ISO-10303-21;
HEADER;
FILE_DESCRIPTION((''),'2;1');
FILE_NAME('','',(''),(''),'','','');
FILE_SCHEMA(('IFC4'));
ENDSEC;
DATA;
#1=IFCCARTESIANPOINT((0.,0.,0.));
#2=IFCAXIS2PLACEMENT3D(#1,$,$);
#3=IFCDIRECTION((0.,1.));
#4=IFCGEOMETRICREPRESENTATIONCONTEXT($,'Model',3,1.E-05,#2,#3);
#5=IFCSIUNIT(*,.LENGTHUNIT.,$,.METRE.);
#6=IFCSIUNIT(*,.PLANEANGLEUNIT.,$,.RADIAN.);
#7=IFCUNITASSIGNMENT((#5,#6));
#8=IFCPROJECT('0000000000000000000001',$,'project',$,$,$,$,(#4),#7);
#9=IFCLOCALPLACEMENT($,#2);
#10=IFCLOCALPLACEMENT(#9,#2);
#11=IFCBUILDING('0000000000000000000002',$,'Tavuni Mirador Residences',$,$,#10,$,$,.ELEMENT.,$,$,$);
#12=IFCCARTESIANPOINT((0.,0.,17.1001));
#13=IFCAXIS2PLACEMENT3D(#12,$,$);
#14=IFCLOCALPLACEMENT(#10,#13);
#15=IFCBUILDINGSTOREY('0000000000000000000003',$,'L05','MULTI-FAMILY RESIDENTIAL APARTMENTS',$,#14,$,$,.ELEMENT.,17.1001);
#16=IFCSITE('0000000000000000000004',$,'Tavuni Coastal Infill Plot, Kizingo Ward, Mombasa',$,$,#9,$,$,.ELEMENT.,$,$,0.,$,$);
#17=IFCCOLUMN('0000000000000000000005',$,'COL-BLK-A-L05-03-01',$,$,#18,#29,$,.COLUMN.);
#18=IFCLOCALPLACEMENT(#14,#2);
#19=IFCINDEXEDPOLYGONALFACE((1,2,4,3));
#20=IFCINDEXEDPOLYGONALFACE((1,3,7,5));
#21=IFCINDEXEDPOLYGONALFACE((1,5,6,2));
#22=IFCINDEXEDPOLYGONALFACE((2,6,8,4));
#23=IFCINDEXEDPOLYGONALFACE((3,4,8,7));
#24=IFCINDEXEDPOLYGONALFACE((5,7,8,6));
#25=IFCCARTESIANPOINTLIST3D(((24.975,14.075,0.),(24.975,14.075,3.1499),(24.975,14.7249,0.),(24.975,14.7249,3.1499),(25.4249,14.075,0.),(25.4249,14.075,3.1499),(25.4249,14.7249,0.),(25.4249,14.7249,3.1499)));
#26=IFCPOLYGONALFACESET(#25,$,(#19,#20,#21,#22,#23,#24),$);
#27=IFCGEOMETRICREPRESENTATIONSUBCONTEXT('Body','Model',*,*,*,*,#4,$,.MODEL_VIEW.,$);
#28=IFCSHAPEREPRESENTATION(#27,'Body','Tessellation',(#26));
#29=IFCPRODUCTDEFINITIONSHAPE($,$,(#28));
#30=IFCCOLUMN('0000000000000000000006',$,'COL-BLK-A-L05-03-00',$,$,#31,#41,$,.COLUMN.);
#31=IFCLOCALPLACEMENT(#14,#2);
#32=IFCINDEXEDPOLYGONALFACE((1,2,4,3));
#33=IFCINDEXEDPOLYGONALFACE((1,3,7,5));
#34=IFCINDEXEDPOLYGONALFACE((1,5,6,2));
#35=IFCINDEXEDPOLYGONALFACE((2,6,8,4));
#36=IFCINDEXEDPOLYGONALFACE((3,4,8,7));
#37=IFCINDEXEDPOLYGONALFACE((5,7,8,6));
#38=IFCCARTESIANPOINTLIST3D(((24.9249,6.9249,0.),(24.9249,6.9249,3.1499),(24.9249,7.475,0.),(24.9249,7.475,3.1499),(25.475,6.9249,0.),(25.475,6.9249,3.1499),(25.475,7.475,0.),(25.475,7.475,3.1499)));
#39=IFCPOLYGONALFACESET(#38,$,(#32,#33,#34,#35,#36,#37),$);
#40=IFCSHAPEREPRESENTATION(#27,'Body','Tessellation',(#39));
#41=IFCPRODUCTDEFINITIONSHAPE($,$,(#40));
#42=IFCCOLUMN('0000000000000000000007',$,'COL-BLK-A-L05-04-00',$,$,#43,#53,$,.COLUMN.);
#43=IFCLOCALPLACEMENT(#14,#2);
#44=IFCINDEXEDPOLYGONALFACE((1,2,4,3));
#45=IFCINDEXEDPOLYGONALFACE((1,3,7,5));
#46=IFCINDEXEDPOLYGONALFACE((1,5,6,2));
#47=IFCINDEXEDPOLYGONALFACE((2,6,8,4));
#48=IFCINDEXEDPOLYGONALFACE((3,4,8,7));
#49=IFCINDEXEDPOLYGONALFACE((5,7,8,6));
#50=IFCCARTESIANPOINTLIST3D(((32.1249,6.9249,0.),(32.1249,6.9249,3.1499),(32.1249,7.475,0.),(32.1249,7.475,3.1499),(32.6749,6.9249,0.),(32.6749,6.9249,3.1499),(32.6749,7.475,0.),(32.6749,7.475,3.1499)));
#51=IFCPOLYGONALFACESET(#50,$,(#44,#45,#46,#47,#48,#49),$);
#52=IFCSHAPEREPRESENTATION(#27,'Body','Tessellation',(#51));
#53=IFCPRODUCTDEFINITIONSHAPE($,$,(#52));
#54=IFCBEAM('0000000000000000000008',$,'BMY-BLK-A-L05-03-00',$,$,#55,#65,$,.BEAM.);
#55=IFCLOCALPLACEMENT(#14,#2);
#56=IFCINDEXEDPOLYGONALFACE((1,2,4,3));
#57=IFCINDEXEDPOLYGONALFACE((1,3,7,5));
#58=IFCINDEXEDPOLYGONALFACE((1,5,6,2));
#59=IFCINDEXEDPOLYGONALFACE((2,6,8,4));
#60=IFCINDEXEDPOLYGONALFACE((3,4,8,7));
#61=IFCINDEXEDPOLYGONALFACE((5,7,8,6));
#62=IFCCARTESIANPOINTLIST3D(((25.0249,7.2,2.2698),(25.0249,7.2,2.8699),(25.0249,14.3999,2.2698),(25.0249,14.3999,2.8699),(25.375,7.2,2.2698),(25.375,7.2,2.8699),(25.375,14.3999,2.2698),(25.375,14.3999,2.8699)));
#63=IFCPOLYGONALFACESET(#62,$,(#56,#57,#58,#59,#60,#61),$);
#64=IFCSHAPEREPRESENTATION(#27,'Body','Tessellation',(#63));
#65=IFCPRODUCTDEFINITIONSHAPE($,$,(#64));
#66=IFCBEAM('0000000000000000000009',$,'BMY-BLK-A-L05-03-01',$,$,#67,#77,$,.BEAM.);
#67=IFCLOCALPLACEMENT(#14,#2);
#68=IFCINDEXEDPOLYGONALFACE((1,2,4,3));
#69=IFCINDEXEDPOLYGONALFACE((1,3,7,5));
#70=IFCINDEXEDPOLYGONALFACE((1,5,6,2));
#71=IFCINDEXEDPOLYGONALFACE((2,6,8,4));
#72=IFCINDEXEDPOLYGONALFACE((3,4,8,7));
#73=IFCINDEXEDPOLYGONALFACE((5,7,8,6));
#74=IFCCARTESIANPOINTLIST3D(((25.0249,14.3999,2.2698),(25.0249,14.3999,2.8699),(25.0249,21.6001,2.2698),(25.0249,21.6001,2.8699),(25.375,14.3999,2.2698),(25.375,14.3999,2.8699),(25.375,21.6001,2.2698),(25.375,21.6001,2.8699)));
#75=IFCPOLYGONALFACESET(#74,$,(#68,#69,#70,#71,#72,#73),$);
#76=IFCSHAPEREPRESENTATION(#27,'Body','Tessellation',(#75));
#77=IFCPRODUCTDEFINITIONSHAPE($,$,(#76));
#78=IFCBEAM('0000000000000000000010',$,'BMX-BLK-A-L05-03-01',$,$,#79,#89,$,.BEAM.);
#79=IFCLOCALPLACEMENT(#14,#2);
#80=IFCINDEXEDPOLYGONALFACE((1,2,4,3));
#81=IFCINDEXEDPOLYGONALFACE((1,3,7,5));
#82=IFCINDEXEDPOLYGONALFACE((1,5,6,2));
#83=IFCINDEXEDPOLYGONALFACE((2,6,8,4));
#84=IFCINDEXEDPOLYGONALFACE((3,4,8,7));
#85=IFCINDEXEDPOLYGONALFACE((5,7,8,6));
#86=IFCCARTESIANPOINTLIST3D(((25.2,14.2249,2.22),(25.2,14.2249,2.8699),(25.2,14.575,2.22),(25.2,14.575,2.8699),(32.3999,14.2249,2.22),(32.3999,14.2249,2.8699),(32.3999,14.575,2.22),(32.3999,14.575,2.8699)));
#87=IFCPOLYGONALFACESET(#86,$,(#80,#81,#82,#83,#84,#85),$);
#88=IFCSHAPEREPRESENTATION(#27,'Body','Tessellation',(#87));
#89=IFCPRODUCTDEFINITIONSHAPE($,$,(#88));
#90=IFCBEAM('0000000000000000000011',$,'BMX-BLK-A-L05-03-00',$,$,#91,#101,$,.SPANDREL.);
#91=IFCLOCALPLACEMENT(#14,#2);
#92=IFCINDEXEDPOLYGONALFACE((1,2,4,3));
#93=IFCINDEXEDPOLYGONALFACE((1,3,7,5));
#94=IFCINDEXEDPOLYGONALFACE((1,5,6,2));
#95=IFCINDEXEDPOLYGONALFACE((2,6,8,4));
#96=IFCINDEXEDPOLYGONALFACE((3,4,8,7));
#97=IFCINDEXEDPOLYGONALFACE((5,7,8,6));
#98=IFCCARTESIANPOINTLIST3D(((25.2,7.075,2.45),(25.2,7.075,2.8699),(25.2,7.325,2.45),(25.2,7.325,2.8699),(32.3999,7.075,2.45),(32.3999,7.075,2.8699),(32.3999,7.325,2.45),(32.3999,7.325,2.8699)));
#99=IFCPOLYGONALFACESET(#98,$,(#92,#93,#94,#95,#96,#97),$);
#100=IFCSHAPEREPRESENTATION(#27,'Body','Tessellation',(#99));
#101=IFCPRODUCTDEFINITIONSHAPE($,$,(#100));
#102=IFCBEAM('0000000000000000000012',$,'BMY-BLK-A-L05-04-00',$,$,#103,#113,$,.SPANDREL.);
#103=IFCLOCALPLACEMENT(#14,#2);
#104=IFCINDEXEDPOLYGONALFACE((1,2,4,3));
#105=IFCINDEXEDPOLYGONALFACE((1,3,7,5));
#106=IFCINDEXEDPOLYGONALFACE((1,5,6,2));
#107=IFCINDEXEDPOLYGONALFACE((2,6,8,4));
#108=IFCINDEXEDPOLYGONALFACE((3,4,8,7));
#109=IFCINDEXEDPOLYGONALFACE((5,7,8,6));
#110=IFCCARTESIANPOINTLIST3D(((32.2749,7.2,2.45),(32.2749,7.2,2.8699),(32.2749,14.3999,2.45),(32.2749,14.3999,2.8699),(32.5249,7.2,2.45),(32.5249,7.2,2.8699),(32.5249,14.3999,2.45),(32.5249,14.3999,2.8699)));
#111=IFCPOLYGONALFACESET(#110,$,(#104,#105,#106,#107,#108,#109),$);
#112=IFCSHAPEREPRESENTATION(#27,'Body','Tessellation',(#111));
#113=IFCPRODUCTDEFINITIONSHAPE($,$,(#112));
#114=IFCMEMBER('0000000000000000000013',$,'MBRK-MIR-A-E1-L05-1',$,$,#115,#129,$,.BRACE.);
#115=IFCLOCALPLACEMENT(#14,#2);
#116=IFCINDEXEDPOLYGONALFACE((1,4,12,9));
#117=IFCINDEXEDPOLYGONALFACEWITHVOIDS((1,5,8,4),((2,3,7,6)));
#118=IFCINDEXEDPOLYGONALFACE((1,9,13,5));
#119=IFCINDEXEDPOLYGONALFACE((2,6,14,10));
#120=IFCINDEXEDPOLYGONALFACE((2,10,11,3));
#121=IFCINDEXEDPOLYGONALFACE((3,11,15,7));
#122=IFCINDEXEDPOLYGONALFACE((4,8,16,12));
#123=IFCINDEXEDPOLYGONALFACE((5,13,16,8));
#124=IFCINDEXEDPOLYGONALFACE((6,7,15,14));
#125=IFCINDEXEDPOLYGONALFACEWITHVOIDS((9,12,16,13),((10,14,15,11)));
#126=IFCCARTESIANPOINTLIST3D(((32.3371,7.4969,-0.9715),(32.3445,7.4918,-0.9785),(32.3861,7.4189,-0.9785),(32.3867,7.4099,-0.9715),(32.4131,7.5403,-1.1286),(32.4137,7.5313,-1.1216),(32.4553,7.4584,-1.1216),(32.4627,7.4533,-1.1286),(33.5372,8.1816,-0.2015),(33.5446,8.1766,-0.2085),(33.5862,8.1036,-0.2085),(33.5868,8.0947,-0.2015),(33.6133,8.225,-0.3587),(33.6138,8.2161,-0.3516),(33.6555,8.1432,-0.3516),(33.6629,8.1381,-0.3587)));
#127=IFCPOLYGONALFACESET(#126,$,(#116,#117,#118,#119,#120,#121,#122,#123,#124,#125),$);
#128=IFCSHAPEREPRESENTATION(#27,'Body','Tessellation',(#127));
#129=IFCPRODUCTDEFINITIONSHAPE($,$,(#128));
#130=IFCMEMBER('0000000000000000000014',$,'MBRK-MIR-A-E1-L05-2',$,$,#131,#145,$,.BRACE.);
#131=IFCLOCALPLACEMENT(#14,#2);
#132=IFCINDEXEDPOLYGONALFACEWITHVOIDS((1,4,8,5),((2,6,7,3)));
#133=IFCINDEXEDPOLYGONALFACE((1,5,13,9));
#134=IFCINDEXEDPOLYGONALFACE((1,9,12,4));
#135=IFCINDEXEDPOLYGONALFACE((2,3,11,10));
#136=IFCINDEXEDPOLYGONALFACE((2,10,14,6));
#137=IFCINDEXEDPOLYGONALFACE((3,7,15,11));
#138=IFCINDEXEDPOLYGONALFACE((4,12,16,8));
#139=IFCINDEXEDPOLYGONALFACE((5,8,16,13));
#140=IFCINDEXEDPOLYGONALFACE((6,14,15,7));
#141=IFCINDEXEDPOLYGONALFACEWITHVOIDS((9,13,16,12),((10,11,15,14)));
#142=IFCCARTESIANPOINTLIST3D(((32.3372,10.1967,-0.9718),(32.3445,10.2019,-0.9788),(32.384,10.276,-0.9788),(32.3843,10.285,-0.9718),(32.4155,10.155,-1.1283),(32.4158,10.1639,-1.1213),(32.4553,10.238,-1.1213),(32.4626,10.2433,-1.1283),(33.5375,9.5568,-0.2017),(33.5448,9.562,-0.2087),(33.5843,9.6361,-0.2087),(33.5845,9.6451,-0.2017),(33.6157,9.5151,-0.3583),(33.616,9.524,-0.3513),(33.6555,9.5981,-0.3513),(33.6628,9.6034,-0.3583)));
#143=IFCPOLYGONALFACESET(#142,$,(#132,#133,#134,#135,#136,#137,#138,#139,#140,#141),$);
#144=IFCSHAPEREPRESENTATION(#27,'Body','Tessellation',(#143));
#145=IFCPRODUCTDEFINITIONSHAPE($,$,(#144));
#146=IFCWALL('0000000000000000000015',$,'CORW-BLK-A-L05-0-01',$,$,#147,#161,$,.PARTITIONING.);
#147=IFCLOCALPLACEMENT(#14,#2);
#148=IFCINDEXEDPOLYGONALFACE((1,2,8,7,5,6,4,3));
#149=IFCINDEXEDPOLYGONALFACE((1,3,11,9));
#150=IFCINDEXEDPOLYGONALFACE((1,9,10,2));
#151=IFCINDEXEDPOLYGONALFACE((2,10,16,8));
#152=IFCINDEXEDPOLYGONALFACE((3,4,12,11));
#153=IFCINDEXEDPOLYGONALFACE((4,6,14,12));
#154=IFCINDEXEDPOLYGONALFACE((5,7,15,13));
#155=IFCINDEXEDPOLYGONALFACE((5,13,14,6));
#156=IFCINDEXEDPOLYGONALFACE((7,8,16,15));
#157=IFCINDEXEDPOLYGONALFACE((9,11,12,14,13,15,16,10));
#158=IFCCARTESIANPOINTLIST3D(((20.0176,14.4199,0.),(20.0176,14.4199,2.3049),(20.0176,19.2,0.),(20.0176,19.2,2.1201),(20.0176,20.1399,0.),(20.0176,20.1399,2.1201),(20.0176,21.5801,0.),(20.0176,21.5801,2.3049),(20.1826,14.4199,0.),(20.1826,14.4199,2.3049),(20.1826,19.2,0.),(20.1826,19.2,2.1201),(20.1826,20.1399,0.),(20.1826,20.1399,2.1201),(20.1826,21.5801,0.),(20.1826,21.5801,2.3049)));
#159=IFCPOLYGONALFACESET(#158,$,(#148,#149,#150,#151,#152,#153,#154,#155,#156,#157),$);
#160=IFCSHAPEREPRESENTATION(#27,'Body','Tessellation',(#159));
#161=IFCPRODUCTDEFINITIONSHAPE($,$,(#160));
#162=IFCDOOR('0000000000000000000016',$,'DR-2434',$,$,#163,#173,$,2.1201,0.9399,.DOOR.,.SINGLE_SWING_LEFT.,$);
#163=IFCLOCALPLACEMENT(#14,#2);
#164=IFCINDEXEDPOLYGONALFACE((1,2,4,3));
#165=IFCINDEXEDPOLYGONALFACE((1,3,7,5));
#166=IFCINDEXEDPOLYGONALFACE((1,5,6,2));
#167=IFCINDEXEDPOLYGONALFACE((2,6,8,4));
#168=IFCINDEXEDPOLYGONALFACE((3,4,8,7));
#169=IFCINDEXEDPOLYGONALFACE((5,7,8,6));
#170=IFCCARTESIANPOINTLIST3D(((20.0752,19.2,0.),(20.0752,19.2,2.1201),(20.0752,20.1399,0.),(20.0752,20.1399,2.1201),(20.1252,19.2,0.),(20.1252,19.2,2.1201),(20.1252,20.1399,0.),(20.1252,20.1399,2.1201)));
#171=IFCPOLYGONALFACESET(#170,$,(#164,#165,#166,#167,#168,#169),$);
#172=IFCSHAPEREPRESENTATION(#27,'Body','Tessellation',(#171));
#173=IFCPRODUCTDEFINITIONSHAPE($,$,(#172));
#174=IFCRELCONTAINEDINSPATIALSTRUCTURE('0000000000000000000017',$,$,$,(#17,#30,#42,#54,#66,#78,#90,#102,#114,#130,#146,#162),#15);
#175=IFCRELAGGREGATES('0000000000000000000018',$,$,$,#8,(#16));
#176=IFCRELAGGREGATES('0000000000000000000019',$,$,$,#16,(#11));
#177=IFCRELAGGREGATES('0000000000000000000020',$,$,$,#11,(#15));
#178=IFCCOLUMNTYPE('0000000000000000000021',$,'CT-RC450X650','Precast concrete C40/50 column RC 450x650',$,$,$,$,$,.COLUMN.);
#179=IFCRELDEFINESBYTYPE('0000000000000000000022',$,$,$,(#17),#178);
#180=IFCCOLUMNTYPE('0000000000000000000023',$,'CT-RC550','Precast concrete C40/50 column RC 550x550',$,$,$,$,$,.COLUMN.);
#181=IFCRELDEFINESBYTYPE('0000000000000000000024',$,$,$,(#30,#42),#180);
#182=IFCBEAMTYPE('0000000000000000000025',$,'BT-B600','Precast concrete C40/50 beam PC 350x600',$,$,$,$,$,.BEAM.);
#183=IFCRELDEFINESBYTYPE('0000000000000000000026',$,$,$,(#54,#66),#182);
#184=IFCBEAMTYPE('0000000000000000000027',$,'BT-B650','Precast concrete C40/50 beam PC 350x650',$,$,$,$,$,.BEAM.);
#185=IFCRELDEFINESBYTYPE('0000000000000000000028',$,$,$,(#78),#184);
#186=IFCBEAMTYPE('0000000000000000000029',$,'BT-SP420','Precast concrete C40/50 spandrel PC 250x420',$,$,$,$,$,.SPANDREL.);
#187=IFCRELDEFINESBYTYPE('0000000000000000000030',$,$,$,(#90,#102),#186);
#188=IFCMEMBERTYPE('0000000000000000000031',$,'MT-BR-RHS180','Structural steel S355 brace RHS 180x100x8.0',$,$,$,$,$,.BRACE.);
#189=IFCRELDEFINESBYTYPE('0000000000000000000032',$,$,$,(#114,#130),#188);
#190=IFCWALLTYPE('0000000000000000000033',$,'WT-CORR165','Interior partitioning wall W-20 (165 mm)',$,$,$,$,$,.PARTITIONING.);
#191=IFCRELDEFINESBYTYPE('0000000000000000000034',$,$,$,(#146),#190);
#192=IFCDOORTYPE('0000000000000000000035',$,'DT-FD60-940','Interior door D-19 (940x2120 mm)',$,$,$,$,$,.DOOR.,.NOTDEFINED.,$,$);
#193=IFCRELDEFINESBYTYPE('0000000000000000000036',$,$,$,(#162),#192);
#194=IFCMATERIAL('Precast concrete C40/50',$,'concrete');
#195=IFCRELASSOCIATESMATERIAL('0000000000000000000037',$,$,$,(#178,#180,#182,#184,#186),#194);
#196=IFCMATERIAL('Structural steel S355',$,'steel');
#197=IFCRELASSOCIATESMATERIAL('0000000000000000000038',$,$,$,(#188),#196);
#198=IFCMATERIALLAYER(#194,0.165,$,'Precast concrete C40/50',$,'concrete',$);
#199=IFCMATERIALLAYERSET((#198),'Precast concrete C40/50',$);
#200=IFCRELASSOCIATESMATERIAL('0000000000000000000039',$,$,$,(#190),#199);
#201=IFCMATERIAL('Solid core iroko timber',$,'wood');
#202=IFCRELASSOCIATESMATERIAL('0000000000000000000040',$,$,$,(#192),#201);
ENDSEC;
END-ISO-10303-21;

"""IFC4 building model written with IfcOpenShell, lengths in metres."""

from ifc_helpers import new_model, si_unit, direction, frame, frame_2d, origin, origin_2d, place, context, subcontext, project, spatial, rectangle, hollow_rectangle, extrude, material, layer, layer_set, material_profile, profile_set, type_object, element, fill, save


model = new_model("IFC4")

# Units and contexts
model_context = context("Model", 3, precision=1e-05, world=origin(), true_north=direction((0.0, 1.0)))
body_context = subcontext(model_context, "Body", "Model", "MODEL_VIEW")
ifc_project = project(units=[si_unit("LENGTHUNIT", "METRE"), si_unit("PLANEANGLEUNIT", "RADIAN")], contexts=[model_context])

# Site, building, storey
site_placement = place(None, origin())
site = spatial("IfcSite", under=ifc_project, at=site_placement, Name="Tavuni Coastal Infill Plot, Kizingo Ward, Mombasa", CompositionType="ELEMENT", RefElevation=0.0)
building_placement = place(site_placement, origin())
building = spatial("IfcBuilding", under=site, at=building_placement, Name="Tavuni Mirador Residences", CompositionType="ELEMENT")
storey_placement = place(building_placement, frame((0.0, 0.0, 17.1001)))
storey = spatial("IfcBuildingStorey", under=building, at=storey_placement, Name="L05", Description="MULTI-FAMILY RESIDENTIAL APARTMENTS", CompositionType="ELEMENT", Elevation=17.1001)

# Columns
ifc_material_1 = material(Name="Precast concrete C40/50", Category="concrete")
ifc_material_profile_1 = material_profile(ifc_material_1, rectangle(XDim=0.45, YDim=0.6499, at=origin_2d()), Name="RC 450x650", Category="concrete")
ifc_profile_set_1 = profile_set([ifc_material_profile_1], Name="Precast concrete C40/50")
column_type_1 = type_object("IfcColumnType", Name="CT-RC450X650", Description="Precast concrete C40/50 column RC 450x650", PredefinedType="COLUMN", material=ifc_profile_set_1)
column_placement = place(storey_placement, frame((25.2, 14.3999, 0.0), z_axis=(0.0, 0.0, 1.0), x_axis=(1.0, 0.0, 0.0)))
element("IfcColumn", 1, at=column_placement, inside=storey, type_object=column_type_1, Name="COL-BLK-A-L05-03-01", PredefinedType="COLUMN", context=body_context, shape_type="SweptSolid", body=[
    extrude(rectangle(XDim=0.45, YDim=0.6499, at=origin_2d()), origin(), (0.0, 0.0, 1.0), 3.1499),
])
ifc_material_profile_2 = material_profile(ifc_material_1, rectangle(XDim=0.55, YDim=0.55, at=origin_2d()), Name="RC 550x550", Category="concrete")
ifc_profile_set_2 = profile_set([ifc_material_profile_2], Name="Precast concrete C40/50")
column_type_2 = type_object("IfcColumnType", Name="CT-RC550", Description="Precast concrete C40/50 column RC 550x550", PredefinedType="COLUMN", material=ifc_profile_set_2)
for number, where, z_axis, x_axis, name in (
    (2, (25.2, 7.2, 0.0), (0.0, 0.0, 1.0), (1.0, 0.0, 0.0), "COL-BLK-A-L05-03-00"),
    (3, (32.3999, 7.2, 0.0), (0.0, 0.0, 1.0), (1.0, 0.0, 0.0), "COL-BLK-A-L05-04-00"),
):
    element("IfcColumn", number, at=place(storey_placement, frame(where, z_axis=z_axis, x_axis=x_axis)), inside=storey, type_object=column_type_2, Name=name, PredefinedType="COLUMN", context=body_context, shape_type="SweptSolid", body=[
        extrude(rectangle(XDim=0.55, YDim=0.55, at=origin_2d()), origin(), (0.0, 0.0, 1.0), 3.1499),
    ])

# Beams
ifc_material_profile_3 = material_profile(ifc_material_1, rectangle(XDim=0.3501, YDim=0.6001, at=origin_2d()), Name="PC 350x600", Category="concrete")
ifc_profile_set_3 = profile_set([ifc_material_profile_3], Name="Precast concrete C40/50")
beam_type_1 = type_object("IfcBeamType", Name="BT-B600", Description="Precast concrete C40/50 beam PC 350x600", PredefinedType="BEAM", material=ifc_profile_set_3)
beam_1_placement = place(storey_placement, frame((25.2, 7.2, 2.5698), z_axis=(0.0, 1.0, 0.0), x_axis=(-1.0, 0.0, 0.0)))
element("IfcBeam", 4, at=beam_1_placement, inside=storey, type_object=beam_type_1, Name="BMY-BLK-A-L05-03-00", PredefinedType="BEAM", context=body_context, shape_type="SweptSolid", body=[
    extrude(rectangle(XDim=0.3501, YDim=0.6001, at=origin_2d()), origin(), (0.0, 0.0, 1.0), 7.2),
])
beam_2_placement = place(storey_placement, frame((25.2, 14.3999, 2.5698), z_axis=(0.0, 1.0, 0.0), x_axis=(-1.0, 0.0, 0.0)))
element("IfcBeam", 5, at=beam_2_placement, inside=storey, type_object=beam_type_1, Name="BMY-BLK-A-L05-03-01", PredefinedType="BEAM", context=body_context, shape_type="SweptSolid", body=[
    extrude(rectangle(XDim=0.3501, YDim=0.6001, at=origin_2d()), origin(), (0.0, 0.0, 1.0), 7.2002),
])
ifc_material_profile_4 = material_profile(ifc_material_1, rectangle(XDim=0.3501, YDim=0.6499, at=origin_2d()), Name="PC 350x650", Category="concrete")
ifc_profile_set_4 = profile_set([ifc_material_profile_4], Name="Precast concrete C40/50")
beam_type_2 = type_object("IfcBeamType", Name="BT-B650", Description="Precast concrete C40/50 beam PC 350x650", PredefinedType="BEAM", material=ifc_profile_set_4)
beam_3_placement = place(storey_placement, frame((25.2, 14.3999, 2.5449), z_axis=(1.0, 0.0, 0.0), x_axis=(0.0, 1.0, 0.0)))
element("IfcBeam", 6, at=beam_3_placement, inside=storey, type_object=beam_type_2, Name="BMX-BLK-A-L05-03-01", PredefinedType="BEAM", context=body_context, shape_type="SweptSolid", body=[
    extrude(rectangle(XDim=0.3501, YDim=0.6499, at=origin_2d()), origin(), (0.0, 0.0, 1.0), 7.2),
])
ifc_material_profile_5 = material_profile(ifc_material_1, rectangle(XDim=0.25, YDim=0.4199, at=origin_2d()), Name="PC 250x420", Category="concrete")
ifc_profile_set_5 = profile_set([ifc_material_profile_5], Name="Precast concrete C40/50")
beam_type_3 = type_object("IfcBeamType", Name="BT-SP420", Description="Precast concrete C40/50 spandrel PC 250x420", PredefinedType="SPANDREL", material=ifc_profile_set_5)
for number, where, z_axis, x_axis, name in (
    (7, (25.2, 7.2, 2.6599), (1.0, 0.0, 0.0), (0.0, 1.0, 0.0), "BMX-BLK-A-L05-03-00"),
    (8, (32.3999, 7.2, 2.6599), (0.0, 1.0, 0.0), (-1.0, 0.0, 0.0), "BMY-BLK-A-L05-04-00"),
):
    element("IfcBeam", number, at=place(storey_placement, frame(where, z_axis=z_axis, x_axis=x_axis)), inside=storey, type_object=beam_type_3, Name=name, PredefinedType="SPANDREL", context=body_context, shape_type="SweptSolid", body=[
        extrude(rectangle(XDim=0.25, YDim=0.4199, at=origin_2d()), origin(), (0.0, 0.0, 1.0), 7.2),
    ])

# Members
ifc_material_2 = material(Name="Structural steel S355", Category="steel")
ifc_material_profile_6 = material_profile(ifc_material_2, hollow_rectangle(XDim=0.1001, YDim=0.1799, WallThickness=0.0081, at=origin_2d()), Name="RHS 180x100x8.0", Category="steel")
ifc_profile_set_6 = profile_set([ifc_material_profile_6], Name="Structural steel S355")
member_type = type_object("IfcMemberType", Name="MT-BR-RHS180", Description="Structural steel S355 brace RHS 180x100x8.0", PredefinedType="BRACE", material=ifc_profile_set_6)
member_1_placement = place(storey_placement, frame((32.3999, 7.4751, -1.05), z_axis=(0.758711, 0.43291, 0.486772), x_axis=(-0.495587, 0.868558, 0.0)))
element("IfcMember", 9, at=member_1_placement, inside=storey, type_object=member_type, Name="MBRK-MIR-A-E1-L05-1", PredefinedType="BRACE", context=body_context, shape_type="SweptSolid", body=[
    extrude(hollow_rectangle(XDim=0.1001, YDim=0.1799, WallThickness=0.0081, at=origin_2d()), origin(), (0.0, 0.0, 1.0), 1.5818),
])
member_2_placement = place(storey_placement, frame((32.3999, 10.22, -1.05), z_axis=(0.767896, -0.409409, 0.492666), x_axis=(0.470467, 0.882418, 0.0)))
element("IfcMember", 10, at=member_2_placement, inside=storey, type_object=member_type, Name="MBRK-MIR-A-E1-L05-2", PredefinedType="BRACE", context=body_context, shape_type="SweptSolid", body=[
    extrude(hollow_rectangle(XDim=0.1001, YDim=0.1799, WallThickness=0.0081, at=origin_2d()), origin(), (0.0, 0.0, 1.0), 1.563),
])

# Wall, opening, door
ifc_layer_1 = layer(ifc_material_1, 0.165, Name="Precast concrete C40/50", Category="concrete")
ifc_layer_set_1 = layer_set([ifc_layer_1], Name="Precast concrete C40/50")
wall_type_1 = type_object("IfcWallType", Name="WT-CORR165", Description="Interior partitioning wall W-20 (165 mm)", PredefinedType="PARTITIONING", material=ifc_layer_set_1)
ifc_material_3 = material(Name="Solid core iroko timber", Category="wood")
wall_1_placement = place(storey_placement, frame((20.1001, 14.4199, 0.0), z_axis=(0.0, 0.0, 1.0), x_axis=(0.0, 1.0, 0.0)))
wall_1 = element("IfcWall", 11, at=wall_1_placement, inside=storey, type_object=wall_type_1, Name="CORW-BLK-A-L05-0-01", PredefinedType="PARTITIONING", context=body_context, shape_type="SweptSolid", body=[
    extrude(rectangle(XDim=7.1602, YDim=0.165, at=frame_2d((3.5801, 0.0))), origin(), (0.0, 0.0, 1.0), 2.3049),
])
opening_1_placement = place(wall_1_placement, frame((4.78, 0.0, 0.0)))
opening_1 = element("IfcOpeningElement", 12, at=opening_1_placement, cuts=wall_1, PredefinedType="OPENING", context=body_context, shape_type="SweptSolid", body=[
    extrude(rectangle(XDim=0.9399, YDim=2.1201, at=frame_2d((0.47, 1.0601))), frame((0.0, 0.0925, 0.0), z_axis=(0.0, -1.0, 0.0), x_axis=(1.0, 0.0, 0.0)), (0.0, 0.0, 1.0), 0.1851),
])
door_type_1 = type_object("IfcDoorType", Name="DT-FD60-940", Description="Interior door D-19 (940x2120 mm)", OperationType="NOTDEFINED", PredefinedType="DOOR", material=ifc_material_3)
door_1_placement = place(opening_1_placement, origin())
door_1 = element("IfcDoor", 13, at=door_1_placement, inside=storey, type_object=door_type_1, Name="DR-2434", OperationType="SINGLE_SWING_LEFT", OverallHeight=2.1201, OverallWidth=0.9399, PredefinedType="DOOR", context=body_context, shape_type="SweptSolid", body=[
    extrude(rectangle(XDim=0.9399, YDim=2.1201, at=frame_2d((0.47, 1.0601))), frame((0.0, 0.0249, 0.0), z_axis=(0.0, -1.0, 0.0), x_axis=(1.0, 0.0, 0.0)), (0.0, 0.0, 1.0), 0.05),
])
fill(opening_1, door_1)

save(model, "model.ifc")
